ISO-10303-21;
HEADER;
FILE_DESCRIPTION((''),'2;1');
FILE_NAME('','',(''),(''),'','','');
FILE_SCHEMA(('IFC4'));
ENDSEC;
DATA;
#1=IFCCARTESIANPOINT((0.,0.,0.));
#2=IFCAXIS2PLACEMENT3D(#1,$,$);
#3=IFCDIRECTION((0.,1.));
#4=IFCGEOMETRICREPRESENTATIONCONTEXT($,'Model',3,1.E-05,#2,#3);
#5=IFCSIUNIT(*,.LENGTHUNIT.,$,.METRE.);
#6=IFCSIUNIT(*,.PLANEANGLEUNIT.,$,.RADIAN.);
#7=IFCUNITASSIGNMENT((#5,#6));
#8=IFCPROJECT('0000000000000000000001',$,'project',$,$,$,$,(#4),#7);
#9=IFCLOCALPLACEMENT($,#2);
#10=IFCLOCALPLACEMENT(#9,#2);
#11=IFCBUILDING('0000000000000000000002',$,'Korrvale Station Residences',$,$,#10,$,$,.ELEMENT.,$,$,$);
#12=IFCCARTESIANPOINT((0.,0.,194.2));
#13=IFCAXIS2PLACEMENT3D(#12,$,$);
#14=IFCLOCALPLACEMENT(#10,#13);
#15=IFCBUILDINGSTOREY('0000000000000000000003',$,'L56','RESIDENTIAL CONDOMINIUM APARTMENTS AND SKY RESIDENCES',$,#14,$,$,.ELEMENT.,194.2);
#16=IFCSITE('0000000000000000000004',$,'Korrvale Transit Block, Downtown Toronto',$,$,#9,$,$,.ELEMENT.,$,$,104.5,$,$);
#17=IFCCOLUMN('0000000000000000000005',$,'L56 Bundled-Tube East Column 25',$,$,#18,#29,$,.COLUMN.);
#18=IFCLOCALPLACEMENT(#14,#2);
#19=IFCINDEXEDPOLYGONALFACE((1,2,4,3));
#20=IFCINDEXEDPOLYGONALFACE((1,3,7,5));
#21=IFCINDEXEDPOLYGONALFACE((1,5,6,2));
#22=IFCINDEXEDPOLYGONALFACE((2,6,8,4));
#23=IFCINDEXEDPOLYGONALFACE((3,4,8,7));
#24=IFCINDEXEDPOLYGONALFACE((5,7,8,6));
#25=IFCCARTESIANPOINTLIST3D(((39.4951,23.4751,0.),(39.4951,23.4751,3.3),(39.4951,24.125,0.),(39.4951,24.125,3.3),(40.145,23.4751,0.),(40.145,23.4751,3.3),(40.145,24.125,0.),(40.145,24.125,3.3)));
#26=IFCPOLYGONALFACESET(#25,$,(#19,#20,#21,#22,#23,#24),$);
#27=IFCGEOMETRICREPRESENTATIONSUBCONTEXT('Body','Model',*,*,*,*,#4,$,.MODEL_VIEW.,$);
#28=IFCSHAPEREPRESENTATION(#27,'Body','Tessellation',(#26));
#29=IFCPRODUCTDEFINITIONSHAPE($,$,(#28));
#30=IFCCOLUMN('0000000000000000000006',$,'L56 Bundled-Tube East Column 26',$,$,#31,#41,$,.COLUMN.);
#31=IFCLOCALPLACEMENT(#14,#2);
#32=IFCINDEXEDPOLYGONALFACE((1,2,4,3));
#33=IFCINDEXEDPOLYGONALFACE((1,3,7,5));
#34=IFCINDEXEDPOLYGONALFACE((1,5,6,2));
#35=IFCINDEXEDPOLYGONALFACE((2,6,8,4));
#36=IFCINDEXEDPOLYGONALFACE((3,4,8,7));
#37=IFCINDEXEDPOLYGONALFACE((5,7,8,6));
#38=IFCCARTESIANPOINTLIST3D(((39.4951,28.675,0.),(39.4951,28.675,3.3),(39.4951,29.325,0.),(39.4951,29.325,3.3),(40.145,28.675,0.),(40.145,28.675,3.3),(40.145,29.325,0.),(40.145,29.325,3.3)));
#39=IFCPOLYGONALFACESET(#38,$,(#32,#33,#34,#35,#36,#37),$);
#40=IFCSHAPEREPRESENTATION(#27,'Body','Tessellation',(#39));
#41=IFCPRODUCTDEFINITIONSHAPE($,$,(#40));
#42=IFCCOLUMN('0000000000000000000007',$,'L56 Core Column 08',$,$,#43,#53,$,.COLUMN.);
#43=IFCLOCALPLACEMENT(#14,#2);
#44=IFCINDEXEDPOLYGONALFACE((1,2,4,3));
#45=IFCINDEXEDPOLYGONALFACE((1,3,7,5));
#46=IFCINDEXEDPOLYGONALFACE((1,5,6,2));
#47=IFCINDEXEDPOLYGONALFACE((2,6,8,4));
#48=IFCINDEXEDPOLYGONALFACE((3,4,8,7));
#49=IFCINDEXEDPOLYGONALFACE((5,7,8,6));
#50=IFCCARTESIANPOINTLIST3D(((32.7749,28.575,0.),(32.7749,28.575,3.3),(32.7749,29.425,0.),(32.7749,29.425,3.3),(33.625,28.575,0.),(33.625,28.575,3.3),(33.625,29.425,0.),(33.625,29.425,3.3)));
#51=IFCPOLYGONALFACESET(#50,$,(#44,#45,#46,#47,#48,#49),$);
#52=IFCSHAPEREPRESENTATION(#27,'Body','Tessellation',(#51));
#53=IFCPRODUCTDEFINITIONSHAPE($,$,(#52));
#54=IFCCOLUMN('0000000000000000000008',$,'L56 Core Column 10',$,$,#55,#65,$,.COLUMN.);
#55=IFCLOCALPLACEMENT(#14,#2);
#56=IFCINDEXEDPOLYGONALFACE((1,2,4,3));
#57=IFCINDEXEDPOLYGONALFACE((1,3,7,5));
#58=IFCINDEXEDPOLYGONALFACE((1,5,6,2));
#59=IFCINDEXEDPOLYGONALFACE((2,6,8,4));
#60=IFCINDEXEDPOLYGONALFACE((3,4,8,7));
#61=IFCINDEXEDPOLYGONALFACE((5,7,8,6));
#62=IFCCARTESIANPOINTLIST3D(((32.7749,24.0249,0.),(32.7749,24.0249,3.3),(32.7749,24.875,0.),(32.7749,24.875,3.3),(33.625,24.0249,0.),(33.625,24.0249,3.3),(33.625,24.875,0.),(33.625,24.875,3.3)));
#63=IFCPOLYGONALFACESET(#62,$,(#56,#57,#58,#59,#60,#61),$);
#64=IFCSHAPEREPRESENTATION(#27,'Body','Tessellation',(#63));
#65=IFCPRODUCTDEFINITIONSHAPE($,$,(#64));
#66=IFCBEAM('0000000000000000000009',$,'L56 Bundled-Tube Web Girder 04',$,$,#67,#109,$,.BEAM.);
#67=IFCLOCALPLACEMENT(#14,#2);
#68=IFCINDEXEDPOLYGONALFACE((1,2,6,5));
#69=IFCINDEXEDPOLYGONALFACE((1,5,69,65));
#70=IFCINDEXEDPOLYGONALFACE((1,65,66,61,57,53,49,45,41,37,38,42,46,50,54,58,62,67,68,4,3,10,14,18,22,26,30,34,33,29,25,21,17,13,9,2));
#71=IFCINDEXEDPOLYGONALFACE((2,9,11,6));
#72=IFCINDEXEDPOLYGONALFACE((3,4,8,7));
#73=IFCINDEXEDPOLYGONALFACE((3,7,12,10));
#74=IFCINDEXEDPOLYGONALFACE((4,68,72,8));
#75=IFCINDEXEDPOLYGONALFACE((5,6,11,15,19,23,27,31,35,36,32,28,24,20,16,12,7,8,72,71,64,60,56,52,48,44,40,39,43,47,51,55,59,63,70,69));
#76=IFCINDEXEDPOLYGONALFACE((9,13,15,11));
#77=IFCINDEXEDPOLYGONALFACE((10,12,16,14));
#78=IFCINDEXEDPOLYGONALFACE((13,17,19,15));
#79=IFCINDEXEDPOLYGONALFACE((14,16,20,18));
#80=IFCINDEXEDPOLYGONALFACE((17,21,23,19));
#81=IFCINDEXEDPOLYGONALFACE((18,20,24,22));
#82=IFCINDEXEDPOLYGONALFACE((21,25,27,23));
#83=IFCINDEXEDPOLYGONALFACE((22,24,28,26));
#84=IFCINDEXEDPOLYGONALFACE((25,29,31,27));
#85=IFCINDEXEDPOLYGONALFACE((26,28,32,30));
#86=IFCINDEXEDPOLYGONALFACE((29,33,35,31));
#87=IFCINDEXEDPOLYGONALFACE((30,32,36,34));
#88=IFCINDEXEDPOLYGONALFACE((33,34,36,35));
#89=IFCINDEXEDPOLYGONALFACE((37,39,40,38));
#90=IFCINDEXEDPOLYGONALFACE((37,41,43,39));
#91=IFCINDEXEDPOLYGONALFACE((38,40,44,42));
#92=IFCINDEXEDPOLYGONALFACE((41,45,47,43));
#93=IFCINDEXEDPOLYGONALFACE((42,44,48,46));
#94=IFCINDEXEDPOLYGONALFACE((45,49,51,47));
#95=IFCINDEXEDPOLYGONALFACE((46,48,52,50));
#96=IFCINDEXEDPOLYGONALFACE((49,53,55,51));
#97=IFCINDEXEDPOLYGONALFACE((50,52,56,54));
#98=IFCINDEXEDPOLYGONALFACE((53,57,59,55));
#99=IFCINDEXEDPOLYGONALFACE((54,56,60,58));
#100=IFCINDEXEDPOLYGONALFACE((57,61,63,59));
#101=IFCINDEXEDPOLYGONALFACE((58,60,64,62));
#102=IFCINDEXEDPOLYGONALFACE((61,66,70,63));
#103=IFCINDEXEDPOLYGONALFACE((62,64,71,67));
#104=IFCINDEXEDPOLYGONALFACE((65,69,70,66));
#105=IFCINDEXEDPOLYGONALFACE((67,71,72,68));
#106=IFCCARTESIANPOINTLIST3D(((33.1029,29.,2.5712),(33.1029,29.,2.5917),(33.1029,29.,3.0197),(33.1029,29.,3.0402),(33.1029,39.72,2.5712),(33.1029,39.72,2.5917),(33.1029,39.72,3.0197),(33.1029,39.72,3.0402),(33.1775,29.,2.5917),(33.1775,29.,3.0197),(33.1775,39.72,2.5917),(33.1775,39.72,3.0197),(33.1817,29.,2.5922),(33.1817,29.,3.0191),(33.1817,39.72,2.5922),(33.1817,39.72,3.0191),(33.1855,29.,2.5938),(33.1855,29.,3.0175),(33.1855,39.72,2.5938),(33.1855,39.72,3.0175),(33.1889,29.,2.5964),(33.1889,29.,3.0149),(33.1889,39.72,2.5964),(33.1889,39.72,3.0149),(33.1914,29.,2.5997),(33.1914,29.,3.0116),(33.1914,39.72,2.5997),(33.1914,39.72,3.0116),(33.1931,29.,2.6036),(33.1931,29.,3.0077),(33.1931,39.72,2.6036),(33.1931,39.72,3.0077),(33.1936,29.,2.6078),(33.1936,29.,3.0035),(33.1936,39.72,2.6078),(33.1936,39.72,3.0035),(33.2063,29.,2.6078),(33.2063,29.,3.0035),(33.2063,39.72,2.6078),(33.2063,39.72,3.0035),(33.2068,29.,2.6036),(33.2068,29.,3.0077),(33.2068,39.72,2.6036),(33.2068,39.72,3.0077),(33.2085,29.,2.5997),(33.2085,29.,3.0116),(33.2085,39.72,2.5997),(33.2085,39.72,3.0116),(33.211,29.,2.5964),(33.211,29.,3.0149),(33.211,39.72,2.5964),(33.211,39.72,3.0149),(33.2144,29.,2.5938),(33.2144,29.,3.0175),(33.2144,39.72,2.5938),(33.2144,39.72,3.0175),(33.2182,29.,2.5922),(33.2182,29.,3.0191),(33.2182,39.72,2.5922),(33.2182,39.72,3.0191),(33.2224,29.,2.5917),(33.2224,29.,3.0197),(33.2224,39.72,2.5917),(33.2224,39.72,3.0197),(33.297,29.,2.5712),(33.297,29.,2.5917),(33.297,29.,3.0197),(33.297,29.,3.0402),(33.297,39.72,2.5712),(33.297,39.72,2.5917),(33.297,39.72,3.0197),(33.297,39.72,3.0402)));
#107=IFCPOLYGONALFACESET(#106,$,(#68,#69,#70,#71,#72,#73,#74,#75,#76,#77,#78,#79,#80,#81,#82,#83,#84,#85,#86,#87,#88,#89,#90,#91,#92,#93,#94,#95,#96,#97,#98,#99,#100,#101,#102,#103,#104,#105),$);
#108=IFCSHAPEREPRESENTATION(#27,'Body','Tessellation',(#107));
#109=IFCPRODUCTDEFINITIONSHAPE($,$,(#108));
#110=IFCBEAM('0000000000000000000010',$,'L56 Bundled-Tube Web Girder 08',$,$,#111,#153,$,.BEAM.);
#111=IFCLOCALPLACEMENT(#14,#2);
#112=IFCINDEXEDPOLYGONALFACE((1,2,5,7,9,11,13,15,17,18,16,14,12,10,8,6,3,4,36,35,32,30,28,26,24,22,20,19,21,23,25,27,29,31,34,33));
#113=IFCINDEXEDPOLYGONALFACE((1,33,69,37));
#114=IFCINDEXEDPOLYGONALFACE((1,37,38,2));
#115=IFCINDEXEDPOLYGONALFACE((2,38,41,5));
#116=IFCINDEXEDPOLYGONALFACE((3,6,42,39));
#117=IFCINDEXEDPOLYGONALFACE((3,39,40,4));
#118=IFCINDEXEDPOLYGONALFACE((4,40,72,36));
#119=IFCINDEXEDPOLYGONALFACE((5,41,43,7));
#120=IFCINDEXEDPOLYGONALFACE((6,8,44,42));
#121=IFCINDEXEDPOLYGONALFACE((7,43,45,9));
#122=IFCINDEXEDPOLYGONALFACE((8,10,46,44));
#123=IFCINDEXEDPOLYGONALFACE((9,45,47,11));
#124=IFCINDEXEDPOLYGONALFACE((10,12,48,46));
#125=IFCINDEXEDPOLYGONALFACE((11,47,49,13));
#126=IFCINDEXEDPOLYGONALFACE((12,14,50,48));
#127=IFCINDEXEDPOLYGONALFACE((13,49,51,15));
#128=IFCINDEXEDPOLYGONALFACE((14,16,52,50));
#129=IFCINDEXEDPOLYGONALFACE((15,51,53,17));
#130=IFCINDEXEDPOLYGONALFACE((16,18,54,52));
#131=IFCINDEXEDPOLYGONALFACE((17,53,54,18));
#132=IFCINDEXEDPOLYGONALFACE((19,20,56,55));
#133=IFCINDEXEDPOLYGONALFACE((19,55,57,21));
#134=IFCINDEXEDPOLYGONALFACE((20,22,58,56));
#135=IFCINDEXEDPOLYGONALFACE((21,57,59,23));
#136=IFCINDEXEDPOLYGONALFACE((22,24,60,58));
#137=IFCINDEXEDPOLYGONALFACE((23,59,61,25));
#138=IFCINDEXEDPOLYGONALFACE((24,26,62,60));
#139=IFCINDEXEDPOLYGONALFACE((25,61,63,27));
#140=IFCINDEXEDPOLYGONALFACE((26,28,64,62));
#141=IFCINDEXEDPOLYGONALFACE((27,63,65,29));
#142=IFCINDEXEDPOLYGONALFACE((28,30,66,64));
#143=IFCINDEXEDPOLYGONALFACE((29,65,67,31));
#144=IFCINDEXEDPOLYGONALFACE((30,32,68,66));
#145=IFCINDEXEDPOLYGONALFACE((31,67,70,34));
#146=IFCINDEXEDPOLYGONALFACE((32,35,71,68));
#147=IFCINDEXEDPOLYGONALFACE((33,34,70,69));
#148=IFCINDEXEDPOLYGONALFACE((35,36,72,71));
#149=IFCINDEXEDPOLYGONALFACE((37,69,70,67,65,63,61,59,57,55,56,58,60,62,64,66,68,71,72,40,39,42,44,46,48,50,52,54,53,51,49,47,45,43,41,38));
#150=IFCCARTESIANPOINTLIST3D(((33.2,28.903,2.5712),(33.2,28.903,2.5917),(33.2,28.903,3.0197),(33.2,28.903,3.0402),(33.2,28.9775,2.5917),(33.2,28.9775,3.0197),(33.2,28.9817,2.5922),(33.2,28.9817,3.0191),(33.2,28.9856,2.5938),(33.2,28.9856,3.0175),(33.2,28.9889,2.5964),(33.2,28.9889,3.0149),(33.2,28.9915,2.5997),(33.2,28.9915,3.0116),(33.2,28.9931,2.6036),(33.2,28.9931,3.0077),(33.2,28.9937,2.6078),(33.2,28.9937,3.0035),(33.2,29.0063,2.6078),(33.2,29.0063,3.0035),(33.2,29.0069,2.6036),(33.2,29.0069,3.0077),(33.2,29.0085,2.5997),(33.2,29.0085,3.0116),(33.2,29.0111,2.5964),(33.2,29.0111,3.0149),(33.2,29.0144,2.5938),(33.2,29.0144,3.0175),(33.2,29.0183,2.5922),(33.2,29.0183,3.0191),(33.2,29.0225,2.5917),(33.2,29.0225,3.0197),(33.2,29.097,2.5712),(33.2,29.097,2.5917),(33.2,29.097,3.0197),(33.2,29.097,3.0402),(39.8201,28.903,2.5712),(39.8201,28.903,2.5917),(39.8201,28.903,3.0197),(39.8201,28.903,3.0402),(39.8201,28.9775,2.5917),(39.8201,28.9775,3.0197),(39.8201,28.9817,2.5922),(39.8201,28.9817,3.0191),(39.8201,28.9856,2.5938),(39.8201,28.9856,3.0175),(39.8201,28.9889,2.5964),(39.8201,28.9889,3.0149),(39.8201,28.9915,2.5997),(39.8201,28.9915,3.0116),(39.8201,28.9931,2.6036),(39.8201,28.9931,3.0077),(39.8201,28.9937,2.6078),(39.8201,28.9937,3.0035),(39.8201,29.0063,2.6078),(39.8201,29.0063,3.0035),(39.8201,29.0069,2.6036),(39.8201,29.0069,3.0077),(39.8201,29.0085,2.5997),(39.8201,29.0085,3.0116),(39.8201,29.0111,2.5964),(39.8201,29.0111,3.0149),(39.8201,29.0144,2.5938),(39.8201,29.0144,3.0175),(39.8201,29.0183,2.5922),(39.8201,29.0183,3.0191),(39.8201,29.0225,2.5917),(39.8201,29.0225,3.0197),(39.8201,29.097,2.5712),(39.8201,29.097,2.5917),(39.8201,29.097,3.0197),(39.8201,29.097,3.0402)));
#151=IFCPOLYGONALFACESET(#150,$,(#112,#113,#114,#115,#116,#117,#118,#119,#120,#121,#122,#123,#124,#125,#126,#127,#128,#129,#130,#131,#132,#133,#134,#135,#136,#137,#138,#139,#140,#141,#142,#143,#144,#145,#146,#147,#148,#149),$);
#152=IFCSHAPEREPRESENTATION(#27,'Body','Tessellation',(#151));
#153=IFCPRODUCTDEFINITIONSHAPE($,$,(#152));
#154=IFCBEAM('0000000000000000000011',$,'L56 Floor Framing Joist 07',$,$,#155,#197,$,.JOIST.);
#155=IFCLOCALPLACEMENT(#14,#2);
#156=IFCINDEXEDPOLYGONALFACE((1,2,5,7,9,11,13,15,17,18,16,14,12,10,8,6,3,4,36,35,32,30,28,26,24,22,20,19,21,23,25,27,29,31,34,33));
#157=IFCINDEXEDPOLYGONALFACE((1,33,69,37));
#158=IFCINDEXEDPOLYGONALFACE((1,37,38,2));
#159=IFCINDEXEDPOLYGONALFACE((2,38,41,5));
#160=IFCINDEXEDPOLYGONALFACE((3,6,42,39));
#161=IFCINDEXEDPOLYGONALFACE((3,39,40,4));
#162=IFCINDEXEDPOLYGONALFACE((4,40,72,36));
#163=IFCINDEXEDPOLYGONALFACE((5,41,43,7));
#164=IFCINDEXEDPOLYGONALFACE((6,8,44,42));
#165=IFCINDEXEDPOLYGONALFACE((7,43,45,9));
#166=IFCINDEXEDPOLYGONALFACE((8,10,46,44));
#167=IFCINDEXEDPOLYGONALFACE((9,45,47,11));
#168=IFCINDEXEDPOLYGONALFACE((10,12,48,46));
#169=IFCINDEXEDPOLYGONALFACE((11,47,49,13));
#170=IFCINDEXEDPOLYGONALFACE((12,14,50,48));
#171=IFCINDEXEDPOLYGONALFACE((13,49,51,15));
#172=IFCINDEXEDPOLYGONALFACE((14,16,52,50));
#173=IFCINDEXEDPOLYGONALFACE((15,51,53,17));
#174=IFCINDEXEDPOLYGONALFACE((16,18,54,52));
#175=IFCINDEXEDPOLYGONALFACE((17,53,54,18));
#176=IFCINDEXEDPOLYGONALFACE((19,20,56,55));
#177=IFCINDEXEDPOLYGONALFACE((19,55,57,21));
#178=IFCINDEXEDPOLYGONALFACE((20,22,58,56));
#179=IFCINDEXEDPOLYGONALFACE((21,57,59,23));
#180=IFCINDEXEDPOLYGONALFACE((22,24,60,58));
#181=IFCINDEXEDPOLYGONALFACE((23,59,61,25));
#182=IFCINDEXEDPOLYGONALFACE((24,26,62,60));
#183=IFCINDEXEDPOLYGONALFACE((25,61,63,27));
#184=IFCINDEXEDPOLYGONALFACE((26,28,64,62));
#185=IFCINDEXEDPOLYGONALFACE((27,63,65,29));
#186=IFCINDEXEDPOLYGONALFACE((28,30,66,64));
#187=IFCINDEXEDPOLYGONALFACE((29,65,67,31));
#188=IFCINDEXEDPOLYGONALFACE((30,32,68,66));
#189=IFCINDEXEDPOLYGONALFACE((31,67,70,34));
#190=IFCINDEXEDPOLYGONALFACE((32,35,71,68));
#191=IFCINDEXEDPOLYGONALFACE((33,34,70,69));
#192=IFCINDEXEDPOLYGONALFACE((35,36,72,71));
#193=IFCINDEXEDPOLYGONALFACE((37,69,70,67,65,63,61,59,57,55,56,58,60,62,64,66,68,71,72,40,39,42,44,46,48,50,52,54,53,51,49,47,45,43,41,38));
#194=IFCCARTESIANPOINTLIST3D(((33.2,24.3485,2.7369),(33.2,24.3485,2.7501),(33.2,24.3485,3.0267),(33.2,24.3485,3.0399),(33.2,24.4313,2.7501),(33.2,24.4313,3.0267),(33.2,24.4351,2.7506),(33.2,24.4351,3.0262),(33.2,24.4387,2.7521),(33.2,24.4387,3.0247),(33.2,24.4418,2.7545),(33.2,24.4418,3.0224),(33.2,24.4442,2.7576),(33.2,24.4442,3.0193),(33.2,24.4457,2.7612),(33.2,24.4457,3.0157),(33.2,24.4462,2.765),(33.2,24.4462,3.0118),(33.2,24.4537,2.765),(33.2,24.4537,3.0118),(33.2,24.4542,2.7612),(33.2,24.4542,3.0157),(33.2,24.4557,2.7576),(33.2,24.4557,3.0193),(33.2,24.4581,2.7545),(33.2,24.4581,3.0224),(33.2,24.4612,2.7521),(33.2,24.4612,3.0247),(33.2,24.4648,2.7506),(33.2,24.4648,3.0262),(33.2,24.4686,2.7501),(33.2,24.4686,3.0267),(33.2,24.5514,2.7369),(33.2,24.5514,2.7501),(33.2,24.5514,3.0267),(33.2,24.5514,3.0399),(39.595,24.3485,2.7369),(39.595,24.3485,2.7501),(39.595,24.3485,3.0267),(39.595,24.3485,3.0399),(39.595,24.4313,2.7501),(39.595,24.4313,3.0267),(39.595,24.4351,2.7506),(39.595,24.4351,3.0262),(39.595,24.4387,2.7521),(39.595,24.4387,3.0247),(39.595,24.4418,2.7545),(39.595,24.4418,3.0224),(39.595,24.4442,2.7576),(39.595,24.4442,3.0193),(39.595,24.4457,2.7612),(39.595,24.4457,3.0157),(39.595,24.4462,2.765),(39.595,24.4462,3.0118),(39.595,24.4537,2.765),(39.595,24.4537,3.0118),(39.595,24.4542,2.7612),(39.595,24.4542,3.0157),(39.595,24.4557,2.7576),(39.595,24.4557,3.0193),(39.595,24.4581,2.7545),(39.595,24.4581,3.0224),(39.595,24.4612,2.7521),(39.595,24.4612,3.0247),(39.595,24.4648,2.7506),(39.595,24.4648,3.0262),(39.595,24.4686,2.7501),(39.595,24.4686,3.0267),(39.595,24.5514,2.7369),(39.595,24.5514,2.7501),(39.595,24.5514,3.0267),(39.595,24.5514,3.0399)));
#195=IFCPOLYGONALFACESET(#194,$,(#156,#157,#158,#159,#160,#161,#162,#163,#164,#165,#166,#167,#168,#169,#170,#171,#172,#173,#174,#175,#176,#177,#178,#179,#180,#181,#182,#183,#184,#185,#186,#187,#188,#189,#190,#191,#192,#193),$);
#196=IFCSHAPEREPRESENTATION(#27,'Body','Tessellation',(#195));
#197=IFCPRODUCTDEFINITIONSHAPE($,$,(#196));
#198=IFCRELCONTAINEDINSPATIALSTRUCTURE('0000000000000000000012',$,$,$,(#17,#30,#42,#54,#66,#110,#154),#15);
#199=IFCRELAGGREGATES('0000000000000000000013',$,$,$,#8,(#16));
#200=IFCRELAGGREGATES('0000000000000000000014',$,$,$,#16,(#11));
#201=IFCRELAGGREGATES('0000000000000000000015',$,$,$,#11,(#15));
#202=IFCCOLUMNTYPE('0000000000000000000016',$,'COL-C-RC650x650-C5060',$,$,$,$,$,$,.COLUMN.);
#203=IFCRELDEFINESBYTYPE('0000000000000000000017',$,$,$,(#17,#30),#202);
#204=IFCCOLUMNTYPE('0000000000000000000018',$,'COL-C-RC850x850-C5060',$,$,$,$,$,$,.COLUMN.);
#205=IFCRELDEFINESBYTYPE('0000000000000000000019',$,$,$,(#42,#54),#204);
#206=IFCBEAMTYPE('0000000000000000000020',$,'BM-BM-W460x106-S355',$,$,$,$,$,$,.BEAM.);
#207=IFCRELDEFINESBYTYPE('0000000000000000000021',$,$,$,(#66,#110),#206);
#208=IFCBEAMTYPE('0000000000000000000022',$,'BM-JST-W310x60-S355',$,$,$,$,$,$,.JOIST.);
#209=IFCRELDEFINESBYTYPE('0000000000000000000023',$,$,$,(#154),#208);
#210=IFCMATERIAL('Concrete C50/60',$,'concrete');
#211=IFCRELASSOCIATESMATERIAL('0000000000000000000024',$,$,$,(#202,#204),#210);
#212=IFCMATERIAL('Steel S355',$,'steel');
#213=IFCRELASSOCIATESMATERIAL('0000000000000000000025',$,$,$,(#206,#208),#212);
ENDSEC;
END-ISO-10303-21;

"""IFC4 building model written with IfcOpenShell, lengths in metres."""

from ifc_helpers import new_model, si_unit, direction, frame, origin, origin_2d, place, context, subcontext, project, spatial, rectangle, i_section, extrude, material, material_profile, profile_set, type_object, element, save


model = new_model("IFC4")

# Units and contexts
model_context = context("Model", 3, precision=1e-05, world=origin(), true_north=direction((0.0, 1.0)))
body_context = subcontext(model_context, "Body", "Model", "MODEL_VIEW")
ifc_project = project(units=[si_unit("LENGTHUNIT", "METRE"), si_unit("PLANEANGLEUNIT", "RADIAN")], contexts=[model_context])

# Site, building, storey
site_placement = place(None, origin())
site = spatial("IfcSite", under=ifc_project, at=site_placement, Name="Korrvale Transit Block, Downtown Toronto", CompositionType="ELEMENT", RefElevation=104.5)
building_placement = place(site_placement, origin())
building = spatial("IfcBuilding", under=site, at=building_placement, Name="Korrvale Station Residences", CompositionType="ELEMENT")
storey_placement = place(building_placement, frame((0.0, 0.0, 194.2)))
storey = spatial("IfcBuildingStorey", under=building, at=storey_placement, Name="L56", Description="RESIDENTIAL CONDOMINIUM APARTMENTS AND SKY RESIDENCES", CompositionType="ELEMENT", Elevation=194.2)

# Columns
ifc_material_1 = material(Name="Concrete C50/60", Category="concrete")
ifc_material_profile_1 = material_profile(ifc_material_1, rectangle(XDim=0.6499, YDim=0.6499, at=origin_2d()), Name="RC650x650")
ifc_profile_set_1 = profile_set([ifc_material_profile_1], Name="Concrete C50/60")
column_type_1 = type_object("IfcColumnType", Name="COL-C-RC650x650-C5060", PredefinedType="COLUMN", material=ifc_profile_set_1)
for number, where, z_axis, x_axis, name in (
    (1, (39.8201, 23.8, 0.0), (0.0, 0.0, 1.0), (1.0, 0.0, 0.0), "L56 Bundled-Tube East Column 25"),
    (2, (39.8201, 29.0, 0.0), (0.0, 0.0, 1.0), (1.0, 0.0, 0.0), "L56 Bundled-Tube East Column 26"),
):
    element("IfcColumn", number, at=place(storey_placement, frame(where, z_axis=z_axis, x_axis=x_axis)), inside=storey, type_object=column_type_1, Name=name, PredefinedType="COLUMN", context=body_context, shape_type="SweptSolid", body=[
        extrude(rectangle(XDim=0.6499, YDim=0.6499, at=origin_2d()), origin(), (0.0, 0.0, 1.0), 3.3),
    ])
ifc_material_profile_2 = material_profile(ifc_material_1, rectangle(XDim=0.8501, YDim=0.8501, at=origin_2d()), Name="RC850x850")
ifc_profile_set_2 = profile_set([ifc_material_profile_2], Name="Concrete C50/60")
column_type_2 = type_object("IfcColumnType", Name="COL-C-RC850x850-C5060", PredefinedType="COLUMN", material=ifc_profile_set_2)
for number, where, z_axis, x_axis, name in (
    (3, (33.2, 29.0, 0.0), (0.0, 0.0, 1.0), (1.0, 0.0, 0.0), "L56 Core Column 08"),
    (4, (33.2, 24.45, 0.0), (0.0, 0.0, 1.0), (1.0, 0.0, 0.0), "L56 Core Column 10"),
):
    element("IfcColumn", number, at=place(storey_placement, frame(where, z_axis=z_axis, x_axis=x_axis)), inside=storey, type_object=column_type_2, Name=name, PredefinedType="COLUMN", context=body_context, shape_type="SweptSolid", body=[
        extrude(rectangle(XDim=0.8501, YDim=0.8501, at=origin_2d()), origin(), (0.0, 0.0, 1.0), 3.3),
    ])

# Beams
ifc_material_2 = material(Name="Steel S355", Category="steel")
ifc_material_profile_3 = material_profile(ifc_material_2, i_section(OverallWidth=0.1941, OverallDepth=0.469, WebThickness=0.0127, FlangeThickness=0.0205, FilletRadius=0.0161, at=origin_2d()), Name="W460x106")
ifc_profile_set_3 = profile_set([ifc_material_profile_3], Name="Steel S355")
beam_type_1 = type_object("IfcBeamType", Name="BM-BM-W460x106-S355", PredefinedType="BEAM", material=ifc_profile_set_3)
beam_1_placement = place(storey_placement, frame((33.2, 29.0, 2.8057), z_axis=(0.0, 1.0, 0.0), x_axis=(-1.0, 0.0, 0.0)))
element("IfcBeam", 5, at=beam_1_placement, inside=storey, type_object=beam_type_1, Name="L56 Bundled-Tube Web Girder 04", PredefinedType="BEAM", context=body_context, shape_type="SweptSolid", body=[
    extrude(i_section(OverallWidth=0.1941, OverallDepth=0.469, WebThickness=0.0127, FlangeThickness=0.0205, FilletRadius=0.0161, at=origin_2d()), origin(), (0.0, 0.0, 1.0), 10.72),
])
beam_2_placement = place(storey_placement, frame((33.2, 29.0, 2.8057), z_axis=(1.0, 0.0, 0.0), x_axis=(0.0, 1.0, 0.0)))
element("IfcBeam", 6, at=beam_2_placement, inside=storey, type_object=beam_type_1, Name="L56 Bundled-Tube Web Girder 08", PredefinedType="BEAM", context=body_context, shape_type="SweptSolid", body=[
    extrude(i_section(OverallWidth=0.1941, OverallDepth=0.469, WebThickness=0.0127, FlangeThickness=0.0205, FilletRadius=0.0161, at=origin_2d()), origin(), (0.0, 0.0, 1.0), 6.6201),
])
ifc_material_profile_4 = material_profile(ifc_material_2, i_section(OverallWidth=0.2029, OverallDepth=0.303, WebThickness=0.0076, FlangeThickness=0.0132, FilletRadius=0.0149, at=origin_2d()), Name="W310x60")
ifc_profile_set_4 = profile_set([ifc_material_profile_4], Name="Steel S355")
beam_type_2 = type_object("IfcBeamType", Name="BM-JST-W310x60-S355", PredefinedType="JOIST", material=ifc_profile_set_4)
beam_3_placement = place(storey_placement, frame((33.2, 24.45, 2.8884), z_axis=(1.0, 0.0, 0.0), x_axis=(0.0, 1.0, 0.0)))
element("IfcBeam", 7, at=beam_3_placement, inside=storey, type_object=beam_type_2, Name="L56 Floor Framing Joist 07", PredefinedType="JOIST", context=body_context, shape_type="SweptSolid", body=[
    extrude(i_section(OverallWidth=0.2029, OverallDepth=0.303, WebThickness=0.0076, FlangeThickness=0.0132, FilletRadius=0.0149, at=origin_2d()), origin(), (0.0, 0.0, 1.0), 6.395),
])

save(model, "model.ifc")
